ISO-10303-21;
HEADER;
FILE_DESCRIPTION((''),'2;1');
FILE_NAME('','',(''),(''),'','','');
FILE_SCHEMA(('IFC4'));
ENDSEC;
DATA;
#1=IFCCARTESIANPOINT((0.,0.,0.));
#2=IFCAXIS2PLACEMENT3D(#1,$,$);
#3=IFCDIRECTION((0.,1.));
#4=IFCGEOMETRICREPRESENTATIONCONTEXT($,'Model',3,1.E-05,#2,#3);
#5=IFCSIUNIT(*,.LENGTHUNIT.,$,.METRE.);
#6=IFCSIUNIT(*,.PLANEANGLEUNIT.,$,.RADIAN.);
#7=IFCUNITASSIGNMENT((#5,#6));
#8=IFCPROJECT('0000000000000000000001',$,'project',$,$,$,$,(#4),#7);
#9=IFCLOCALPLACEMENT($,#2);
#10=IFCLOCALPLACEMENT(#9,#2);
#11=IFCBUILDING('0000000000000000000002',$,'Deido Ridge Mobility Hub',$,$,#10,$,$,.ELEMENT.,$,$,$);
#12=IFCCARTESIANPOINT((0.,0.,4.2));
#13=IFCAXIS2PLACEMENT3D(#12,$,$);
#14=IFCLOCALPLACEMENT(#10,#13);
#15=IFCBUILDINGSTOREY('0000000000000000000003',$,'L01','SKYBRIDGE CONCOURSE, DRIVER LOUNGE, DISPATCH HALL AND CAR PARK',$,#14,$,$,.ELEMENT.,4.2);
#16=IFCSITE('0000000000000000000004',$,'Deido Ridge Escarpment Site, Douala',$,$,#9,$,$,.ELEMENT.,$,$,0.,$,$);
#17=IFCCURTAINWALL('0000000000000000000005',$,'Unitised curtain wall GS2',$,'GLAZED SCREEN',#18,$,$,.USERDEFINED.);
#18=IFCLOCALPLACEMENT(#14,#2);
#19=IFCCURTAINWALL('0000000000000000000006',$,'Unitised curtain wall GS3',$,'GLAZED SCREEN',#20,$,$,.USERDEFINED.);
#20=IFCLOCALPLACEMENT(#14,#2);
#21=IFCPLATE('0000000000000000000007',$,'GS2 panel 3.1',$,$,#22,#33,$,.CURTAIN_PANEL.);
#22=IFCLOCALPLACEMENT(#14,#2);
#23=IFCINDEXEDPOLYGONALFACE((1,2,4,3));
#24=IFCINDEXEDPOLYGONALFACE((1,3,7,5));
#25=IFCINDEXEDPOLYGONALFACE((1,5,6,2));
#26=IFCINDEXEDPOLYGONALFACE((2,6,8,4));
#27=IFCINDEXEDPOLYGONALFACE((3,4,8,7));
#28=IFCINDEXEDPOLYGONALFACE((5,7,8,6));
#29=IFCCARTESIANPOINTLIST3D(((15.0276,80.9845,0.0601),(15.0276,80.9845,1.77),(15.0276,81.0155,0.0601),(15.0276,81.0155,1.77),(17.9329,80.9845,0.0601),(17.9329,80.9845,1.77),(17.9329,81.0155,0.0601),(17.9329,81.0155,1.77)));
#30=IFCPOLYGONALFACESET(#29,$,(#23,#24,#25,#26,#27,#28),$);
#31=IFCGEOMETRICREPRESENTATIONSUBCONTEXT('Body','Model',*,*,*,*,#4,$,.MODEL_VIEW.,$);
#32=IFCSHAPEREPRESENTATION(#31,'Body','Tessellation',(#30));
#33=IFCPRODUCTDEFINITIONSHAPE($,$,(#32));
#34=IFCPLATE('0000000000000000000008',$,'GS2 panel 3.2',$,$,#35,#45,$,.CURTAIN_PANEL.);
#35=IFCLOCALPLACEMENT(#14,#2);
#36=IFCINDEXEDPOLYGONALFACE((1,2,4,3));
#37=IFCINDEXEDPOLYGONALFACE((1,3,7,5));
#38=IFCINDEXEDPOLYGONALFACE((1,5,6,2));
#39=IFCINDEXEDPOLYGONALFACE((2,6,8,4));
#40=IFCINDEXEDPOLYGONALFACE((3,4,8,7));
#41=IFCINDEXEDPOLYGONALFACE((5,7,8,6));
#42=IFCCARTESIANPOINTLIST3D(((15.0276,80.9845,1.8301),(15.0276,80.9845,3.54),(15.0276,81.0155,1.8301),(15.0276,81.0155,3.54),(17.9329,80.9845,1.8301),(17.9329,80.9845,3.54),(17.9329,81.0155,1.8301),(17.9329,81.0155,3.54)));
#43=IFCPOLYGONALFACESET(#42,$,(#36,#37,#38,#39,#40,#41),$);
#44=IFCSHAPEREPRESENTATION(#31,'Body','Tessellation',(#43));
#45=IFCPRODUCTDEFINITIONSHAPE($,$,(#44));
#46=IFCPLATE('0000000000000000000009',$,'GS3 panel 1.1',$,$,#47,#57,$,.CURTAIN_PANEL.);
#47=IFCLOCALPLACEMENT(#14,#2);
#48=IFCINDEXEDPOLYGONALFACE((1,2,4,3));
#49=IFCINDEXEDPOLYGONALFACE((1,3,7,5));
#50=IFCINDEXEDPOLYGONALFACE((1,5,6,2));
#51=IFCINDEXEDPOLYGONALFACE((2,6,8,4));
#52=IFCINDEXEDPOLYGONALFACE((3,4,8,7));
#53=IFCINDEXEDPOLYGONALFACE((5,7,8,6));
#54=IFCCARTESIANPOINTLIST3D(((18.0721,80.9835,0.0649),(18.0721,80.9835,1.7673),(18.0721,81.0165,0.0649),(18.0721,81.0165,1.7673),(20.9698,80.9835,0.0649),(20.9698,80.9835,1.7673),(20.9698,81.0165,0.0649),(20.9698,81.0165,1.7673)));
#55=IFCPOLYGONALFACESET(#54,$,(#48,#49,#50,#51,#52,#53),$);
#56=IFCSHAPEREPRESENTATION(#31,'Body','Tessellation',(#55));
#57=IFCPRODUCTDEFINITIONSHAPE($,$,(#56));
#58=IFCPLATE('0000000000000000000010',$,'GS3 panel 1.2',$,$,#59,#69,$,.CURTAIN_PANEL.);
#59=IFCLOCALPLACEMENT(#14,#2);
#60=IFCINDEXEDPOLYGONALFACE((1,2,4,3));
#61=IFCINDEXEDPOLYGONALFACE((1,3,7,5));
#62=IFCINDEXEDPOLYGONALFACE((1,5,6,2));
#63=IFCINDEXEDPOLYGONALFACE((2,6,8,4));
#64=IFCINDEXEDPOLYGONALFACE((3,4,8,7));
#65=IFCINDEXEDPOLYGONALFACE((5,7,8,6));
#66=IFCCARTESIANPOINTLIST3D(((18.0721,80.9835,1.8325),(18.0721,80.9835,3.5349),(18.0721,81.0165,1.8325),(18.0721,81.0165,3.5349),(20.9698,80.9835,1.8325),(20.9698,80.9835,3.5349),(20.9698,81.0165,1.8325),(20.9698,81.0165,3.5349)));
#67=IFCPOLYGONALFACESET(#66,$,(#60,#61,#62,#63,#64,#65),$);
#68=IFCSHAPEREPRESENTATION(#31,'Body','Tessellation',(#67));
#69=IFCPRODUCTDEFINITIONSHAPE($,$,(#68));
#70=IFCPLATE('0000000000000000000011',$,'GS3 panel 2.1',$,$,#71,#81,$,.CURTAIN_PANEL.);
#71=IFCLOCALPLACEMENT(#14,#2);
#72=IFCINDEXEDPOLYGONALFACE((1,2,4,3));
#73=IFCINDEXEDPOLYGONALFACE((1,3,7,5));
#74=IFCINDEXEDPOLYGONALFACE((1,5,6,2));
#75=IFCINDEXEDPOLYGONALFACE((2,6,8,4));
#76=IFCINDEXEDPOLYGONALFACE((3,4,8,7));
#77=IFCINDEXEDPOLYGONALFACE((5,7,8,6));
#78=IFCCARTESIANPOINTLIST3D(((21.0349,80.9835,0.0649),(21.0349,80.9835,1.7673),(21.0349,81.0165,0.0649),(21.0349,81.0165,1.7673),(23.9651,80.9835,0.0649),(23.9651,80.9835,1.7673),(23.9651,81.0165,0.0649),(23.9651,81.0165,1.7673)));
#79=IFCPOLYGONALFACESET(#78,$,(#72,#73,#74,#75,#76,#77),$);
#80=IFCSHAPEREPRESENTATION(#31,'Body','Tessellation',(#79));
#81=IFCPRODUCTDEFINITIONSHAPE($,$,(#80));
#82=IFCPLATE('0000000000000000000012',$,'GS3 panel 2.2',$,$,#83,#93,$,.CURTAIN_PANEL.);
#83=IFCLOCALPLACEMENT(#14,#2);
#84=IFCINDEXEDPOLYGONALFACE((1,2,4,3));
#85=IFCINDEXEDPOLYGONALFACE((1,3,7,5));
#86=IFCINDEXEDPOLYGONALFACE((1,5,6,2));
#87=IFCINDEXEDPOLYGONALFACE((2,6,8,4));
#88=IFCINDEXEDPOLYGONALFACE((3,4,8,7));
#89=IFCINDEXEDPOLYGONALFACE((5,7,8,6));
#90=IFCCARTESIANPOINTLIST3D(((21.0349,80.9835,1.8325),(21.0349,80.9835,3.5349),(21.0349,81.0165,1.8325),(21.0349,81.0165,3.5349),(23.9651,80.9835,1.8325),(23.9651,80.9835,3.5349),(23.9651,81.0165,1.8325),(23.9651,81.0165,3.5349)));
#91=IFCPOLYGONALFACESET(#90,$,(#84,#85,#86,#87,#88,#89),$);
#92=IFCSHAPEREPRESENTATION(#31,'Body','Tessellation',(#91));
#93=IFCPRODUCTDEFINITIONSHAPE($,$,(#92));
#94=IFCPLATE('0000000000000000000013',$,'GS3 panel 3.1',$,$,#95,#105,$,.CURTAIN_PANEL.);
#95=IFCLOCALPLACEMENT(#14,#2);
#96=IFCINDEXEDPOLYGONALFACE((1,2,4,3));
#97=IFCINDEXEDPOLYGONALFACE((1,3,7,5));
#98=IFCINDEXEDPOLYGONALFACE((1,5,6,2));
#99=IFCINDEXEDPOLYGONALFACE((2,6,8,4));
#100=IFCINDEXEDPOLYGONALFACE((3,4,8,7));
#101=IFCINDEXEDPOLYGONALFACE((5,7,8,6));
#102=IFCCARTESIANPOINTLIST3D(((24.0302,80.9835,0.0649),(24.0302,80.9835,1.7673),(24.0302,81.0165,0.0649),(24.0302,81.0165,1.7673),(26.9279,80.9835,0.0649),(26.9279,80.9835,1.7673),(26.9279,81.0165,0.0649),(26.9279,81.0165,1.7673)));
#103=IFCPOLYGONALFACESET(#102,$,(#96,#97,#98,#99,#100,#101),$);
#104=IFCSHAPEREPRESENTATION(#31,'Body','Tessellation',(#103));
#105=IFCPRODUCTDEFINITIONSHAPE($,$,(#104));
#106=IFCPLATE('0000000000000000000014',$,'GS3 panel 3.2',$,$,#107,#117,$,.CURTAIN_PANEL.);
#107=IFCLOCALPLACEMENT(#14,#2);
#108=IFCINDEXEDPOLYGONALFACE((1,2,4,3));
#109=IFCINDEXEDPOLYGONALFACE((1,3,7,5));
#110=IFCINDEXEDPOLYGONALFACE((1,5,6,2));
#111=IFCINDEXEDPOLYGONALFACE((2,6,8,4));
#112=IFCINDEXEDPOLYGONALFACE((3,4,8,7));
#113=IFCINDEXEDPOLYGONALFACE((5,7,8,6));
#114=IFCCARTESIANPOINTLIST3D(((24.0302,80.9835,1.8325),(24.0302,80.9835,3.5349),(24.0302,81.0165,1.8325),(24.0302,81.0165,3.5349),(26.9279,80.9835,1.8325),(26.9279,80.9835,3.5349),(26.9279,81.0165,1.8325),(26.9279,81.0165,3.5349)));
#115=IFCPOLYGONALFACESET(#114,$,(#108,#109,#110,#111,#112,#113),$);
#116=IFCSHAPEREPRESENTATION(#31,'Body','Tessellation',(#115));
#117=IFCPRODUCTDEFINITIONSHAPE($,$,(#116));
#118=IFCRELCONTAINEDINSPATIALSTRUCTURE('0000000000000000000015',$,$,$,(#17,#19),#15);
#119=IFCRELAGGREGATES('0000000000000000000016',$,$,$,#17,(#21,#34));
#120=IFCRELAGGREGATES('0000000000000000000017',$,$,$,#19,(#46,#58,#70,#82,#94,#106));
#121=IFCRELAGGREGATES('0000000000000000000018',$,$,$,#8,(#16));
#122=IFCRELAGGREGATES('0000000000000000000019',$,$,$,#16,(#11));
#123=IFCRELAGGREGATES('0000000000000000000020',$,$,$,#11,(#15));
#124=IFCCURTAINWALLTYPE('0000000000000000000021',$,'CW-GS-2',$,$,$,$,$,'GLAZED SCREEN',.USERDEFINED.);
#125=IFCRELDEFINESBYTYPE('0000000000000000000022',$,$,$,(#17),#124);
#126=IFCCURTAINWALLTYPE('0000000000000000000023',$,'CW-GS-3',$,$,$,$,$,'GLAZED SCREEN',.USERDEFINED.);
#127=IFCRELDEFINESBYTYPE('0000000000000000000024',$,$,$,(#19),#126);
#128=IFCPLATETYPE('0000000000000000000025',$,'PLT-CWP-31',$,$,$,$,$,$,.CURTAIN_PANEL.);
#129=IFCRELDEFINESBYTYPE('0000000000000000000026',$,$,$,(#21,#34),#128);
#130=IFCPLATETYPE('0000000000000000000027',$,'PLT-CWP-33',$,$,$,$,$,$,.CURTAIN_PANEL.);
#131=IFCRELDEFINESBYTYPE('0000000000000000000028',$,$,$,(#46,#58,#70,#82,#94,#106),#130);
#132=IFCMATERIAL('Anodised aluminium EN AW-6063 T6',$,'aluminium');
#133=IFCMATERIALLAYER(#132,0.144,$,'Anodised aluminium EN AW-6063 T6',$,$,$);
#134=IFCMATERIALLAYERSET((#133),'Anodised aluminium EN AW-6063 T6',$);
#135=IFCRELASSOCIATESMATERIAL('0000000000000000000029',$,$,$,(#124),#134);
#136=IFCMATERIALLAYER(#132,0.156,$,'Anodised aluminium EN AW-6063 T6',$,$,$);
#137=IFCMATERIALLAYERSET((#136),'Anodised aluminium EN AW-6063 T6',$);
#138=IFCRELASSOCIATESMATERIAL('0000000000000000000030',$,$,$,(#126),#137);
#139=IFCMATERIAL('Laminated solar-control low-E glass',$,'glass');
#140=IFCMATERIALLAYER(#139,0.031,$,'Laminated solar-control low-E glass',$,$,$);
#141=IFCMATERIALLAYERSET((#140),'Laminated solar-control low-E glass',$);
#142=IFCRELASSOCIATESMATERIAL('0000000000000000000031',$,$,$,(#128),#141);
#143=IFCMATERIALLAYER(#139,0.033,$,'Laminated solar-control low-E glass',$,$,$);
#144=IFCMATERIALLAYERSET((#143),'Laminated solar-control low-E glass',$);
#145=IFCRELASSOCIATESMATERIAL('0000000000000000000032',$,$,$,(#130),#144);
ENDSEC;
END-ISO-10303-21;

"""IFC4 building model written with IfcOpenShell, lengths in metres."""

from ifc_helpers import new_model, si_unit, direction, frame, origin, origin_2d, place, context, subcontext, project, spatial, rectangle, extrude, material, layer, layer_set, type_object, element, aggregate, save


model = new_model("IFC4")

# Units and contexts
model_context = context("Model", 3, precision=1e-05, world=origin(), true_north=direction((0.0, 1.0)))
body_context = subcontext(model_context, "Body", "Model", "MODEL_VIEW")
ifc_project = project(units=[si_unit("LENGTHUNIT", "METRE"), si_unit("PLANEANGLEUNIT", "RADIAN")], contexts=[model_context])

# Site, building, storey
site_placement = place(None, origin())
site = spatial("IfcSite", under=ifc_project, at=site_placement, Name="Deido Ridge Escarpment Site, Douala", CompositionType="ELEMENT", RefElevation=0.0)
building_placement = place(site_placement, origin())
building = spatial("IfcBuilding", under=site, at=building_placement, Name="Deido Ridge Mobility Hub", CompositionType="ELEMENT")
storey_placement = place(building_placement, frame((0.0, 0.0, 4.2)))
storey = spatial("IfcBuildingStorey", under=building, at=storey_placement, Name="L01", Description="SKYBRIDGE CONCOURSE, DRIVER LOUNGE, DISPATCH HALL AND CAR PARK", CompositionType="ELEMENT", Elevation=4.2)

# Curtain walls
ifc_material_1 = material(Name="Anodised aluminium EN AW-6063 T6", Category="aluminium")
ifc_layer_1 = layer(ifc_material_1, 0.144, Name="Anodised aluminium EN AW-6063 T6")
ifc_layer_set_1 = layer_set([ifc_layer_1], Name="Anodised aluminium EN AW-6063 T6")
curtain_wall_type_1 = type_object("IfcCurtainWallType", Name="CW-GS-2", ElementType="GLAZED SCREEN", PredefinedType="USERDEFINED", material=ifc_layer_set_1)
curtain_wall_1_placement = place(storey_placement, origin())
curtain_wall_1 = element("IfcCurtainWall", 1, at=curtain_wall_1_placement, inside=storey, type_object=curtain_wall_type_1, Name="Unitised curtain wall GS2", ObjectType="GLAZED SCREEN", PredefinedType="USERDEFINED")
ifc_layer_2 = layer(ifc_material_1, 0.156, Name="Anodised aluminium EN AW-6063 T6")
ifc_layer_set_2 = layer_set([ifc_layer_2], Name="Anodised aluminium EN AW-6063 T6")
curtain_wall_type_2 = type_object("IfcCurtainWallType", Name="CW-GS-3", ElementType="GLAZED SCREEN", PredefinedType="USERDEFINED", material=ifc_layer_set_2)
curtain_wall_2_placement = place(storey_placement, origin())
curtain_wall_2 = element("IfcCurtainWall", 2, at=curtain_wall_2_placement, inside=storey, type_object=curtain_wall_type_2, Name="Unitised curtain wall GS3", ObjectType="GLAZED SCREEN", PredefinedType="USERDEFINED")

# Plates
ifc_material_2 = material(Name="Laminated solar-control low-E glass", Category="glass")
ifc_layer_3 = layer(ifc_material_2, 0.031, Name="Laminated solar-control low-E glass")
ifc_layer_set_3 = layer_set([ifc_layer_3], Name="Laminated solar-control low-E glass")
plate_type_1 = type_object("IfcPlateType", Name="PLT-CWP-31", PredefinedType="CURTAIN_PANEL", material=ifc_layer_set_3)
plate_1_placement = place(storey_placement, frame((16.4802, 81.0, 0.0601), z_axis=(0.0, 0.0, 1.0), x_axis=(1.0, 0.0, 0.0)))
plate_1 = element("IfcPlate", 3, at=plate_1_placement, type_object=plate_type_1, Name="GS2 panel 3.1", PredefinedType="CURTAIN_PANEL", context=body_context, shape_type="SweptSolid", body=[
    extrude(rectangle(XDim=2.9053, YDim=0.031, at=origin_2d()), origin(), (0.0, 0.0, 1.0), 1.71),
])
plate_2_placement = place(storey_placement, frame((16.4802, 81.0, 1.8301), z_axis=(0.0, 0.0, 1.0), x_axis=(1.0, 0.0, 0.0)))
plate_2 = element("IfcPlate", 4, at=plate_2_placement, type_object=plate_type_1, Name="GS2 panel 3.2", PredefinedType="CURTAIN_PANEL", context=body_context, shape_type="SweptSolid", body=[
    extrude(rectangle(XDim=2.9053, YDim=0.031, at=origin_2d()), origin(), (0.0, 0.0, 1.0), 1.71),
])
aggregate(curtain_wall_1, [plate_1, plate_2])
ifc_layer_4 = layer(ifc_material_2, 0.033, Name="Laminated solar-control low-E glass")
ifc_layer_set_4 = layer_set([ifc_layer_4], Name="Laminated solar-control low-E glass")
plate_type_2 = type_object("IfcPlateType", Name="PLT-CWP-33", PredefinedType="CURTAIN_PANEL", material=ifc_layer_set_4)
plate_3_placement = place(storey_placement, frame((19.521, 81.0, 0.0649), z_axis=(0.0, 0.0, 1.0), x_axis=(1.0, 0.0, 0.0)))
plate_3 = element("IfcPlate", 5, at=plate_3_placement, type_object=plate_type_2, Name="GS3 panel 1.1", PredefinedType="CURTAIN_PANEL", context=body_context, shape_type="SweptSolid", body=[
    extrude(rectangle(XDim=2.8977, YDim=0.033, at=origin_2d()), origin(), (0.0, 0.0, 1.0), 1.7024),
])
plate_4_placement = place(storey_placement, frame((19.521, 81.0, 1.8325), z_axis=(0.0, 0.0, 1.0), x_axis=(1.0, 0.0, 0.0)))
plate_4 = element("IfcPlate", 6, at=plate_4_placement, type_object=plate_type_2, Name="GS3 panel 1.2", PredefinedType="CURTAIN_PANEL", context=body_context, shape_type="SweptSolid", body=[
    extrude(rectangle(XDim=2.8977, YDim=0.033, at=origin_2d()), origin(), (0.0, 0.0, 1.0), 1.7024),
])
plate_5_placement = place(storey_placement, frame((22.5, 81.0, 0.0649), z_axis=(0.0, 0.0, 1.0), x_axis=(1.0, 0.0, 0.0)))
plate_5 = element("IfcPlate", 7, at=plate_5_placement, type_object=plate_type_2, Name="GS3 panel 2.1", PredefinedType="CURTAIN_PANEL", context=body_context, shape_type="SweptSolid", body=[
    extrude(rectangle(XDim=2.9302, YDim=0.033, at=origin_2d()), origin(), (0.0, 0.0, 1.0), 1.7024),
])
plate_6_placement = place(storey_placement, frame((22.5, 81.0, 1.8325), z_axis=(0.0, 0.0, 1.0), x_axis=(1.0, 0.0, 0.0)))
plate_6 = element("IfcPlate", 8, at=plate_6_placement, type_object=plate_type_2, Name="GS3 panel 2.2", PredefinedType="CURTAIN_PANEL", context=body_context, shape_type="SweptSolid", body=[
    extrude(rectangle(XDim=2.9302, YDim=0.033, at=origin_2d()), origin(), (0.0, 0.0, 1.0), 1.7024),
])
plate_7_placement = place(storey_placement, frame((25.479, 81.0, 0.0649), z_axis=(0.0, 0.0, 1.0), x_axis=(1.0, 0.0, 0.0)))
plate_7 = element("IfcPlate", 9, at=plate_7_placement, type_object=plate_type_2, Name="GS3 panel 3.1", PredefinedType="CURTAIN_PANEL", context=body_context, shape_type="SweptSolid", body=[
    extrude(rectangle(XDim=2.8977, YDim=0.033, at=origin_2d()), origin(), (0.0, 0.0, 1.0), 1.7024),
])
plate_8_placement = place(storey_placement, frame((25.479, 81.0, 1.8325), z_axis=(0.0, 0.0, 1.0), x_axis=(1.0, 0.0, 0.0)))
plate_8 = element("IfcPlate", 10, at=plate_8_placement, type_object=plate_type_2, Name="GS3 panel 3.2", PredefinedType="CURTAIN_PANEL", context=body_context, shape_type="SweptSolid", body=[
    extrude(rectangle(XDim=2.8977, YDim=0.033, at=origin_2d()), origin(), (0.0, 0.0, 1.0), 1.7024),
])
aggregate(curtain_wall_2, [plate_3, plate_4, plate_5, plate_6, plate_7, plate_8])

save(model, "model.ifc")
